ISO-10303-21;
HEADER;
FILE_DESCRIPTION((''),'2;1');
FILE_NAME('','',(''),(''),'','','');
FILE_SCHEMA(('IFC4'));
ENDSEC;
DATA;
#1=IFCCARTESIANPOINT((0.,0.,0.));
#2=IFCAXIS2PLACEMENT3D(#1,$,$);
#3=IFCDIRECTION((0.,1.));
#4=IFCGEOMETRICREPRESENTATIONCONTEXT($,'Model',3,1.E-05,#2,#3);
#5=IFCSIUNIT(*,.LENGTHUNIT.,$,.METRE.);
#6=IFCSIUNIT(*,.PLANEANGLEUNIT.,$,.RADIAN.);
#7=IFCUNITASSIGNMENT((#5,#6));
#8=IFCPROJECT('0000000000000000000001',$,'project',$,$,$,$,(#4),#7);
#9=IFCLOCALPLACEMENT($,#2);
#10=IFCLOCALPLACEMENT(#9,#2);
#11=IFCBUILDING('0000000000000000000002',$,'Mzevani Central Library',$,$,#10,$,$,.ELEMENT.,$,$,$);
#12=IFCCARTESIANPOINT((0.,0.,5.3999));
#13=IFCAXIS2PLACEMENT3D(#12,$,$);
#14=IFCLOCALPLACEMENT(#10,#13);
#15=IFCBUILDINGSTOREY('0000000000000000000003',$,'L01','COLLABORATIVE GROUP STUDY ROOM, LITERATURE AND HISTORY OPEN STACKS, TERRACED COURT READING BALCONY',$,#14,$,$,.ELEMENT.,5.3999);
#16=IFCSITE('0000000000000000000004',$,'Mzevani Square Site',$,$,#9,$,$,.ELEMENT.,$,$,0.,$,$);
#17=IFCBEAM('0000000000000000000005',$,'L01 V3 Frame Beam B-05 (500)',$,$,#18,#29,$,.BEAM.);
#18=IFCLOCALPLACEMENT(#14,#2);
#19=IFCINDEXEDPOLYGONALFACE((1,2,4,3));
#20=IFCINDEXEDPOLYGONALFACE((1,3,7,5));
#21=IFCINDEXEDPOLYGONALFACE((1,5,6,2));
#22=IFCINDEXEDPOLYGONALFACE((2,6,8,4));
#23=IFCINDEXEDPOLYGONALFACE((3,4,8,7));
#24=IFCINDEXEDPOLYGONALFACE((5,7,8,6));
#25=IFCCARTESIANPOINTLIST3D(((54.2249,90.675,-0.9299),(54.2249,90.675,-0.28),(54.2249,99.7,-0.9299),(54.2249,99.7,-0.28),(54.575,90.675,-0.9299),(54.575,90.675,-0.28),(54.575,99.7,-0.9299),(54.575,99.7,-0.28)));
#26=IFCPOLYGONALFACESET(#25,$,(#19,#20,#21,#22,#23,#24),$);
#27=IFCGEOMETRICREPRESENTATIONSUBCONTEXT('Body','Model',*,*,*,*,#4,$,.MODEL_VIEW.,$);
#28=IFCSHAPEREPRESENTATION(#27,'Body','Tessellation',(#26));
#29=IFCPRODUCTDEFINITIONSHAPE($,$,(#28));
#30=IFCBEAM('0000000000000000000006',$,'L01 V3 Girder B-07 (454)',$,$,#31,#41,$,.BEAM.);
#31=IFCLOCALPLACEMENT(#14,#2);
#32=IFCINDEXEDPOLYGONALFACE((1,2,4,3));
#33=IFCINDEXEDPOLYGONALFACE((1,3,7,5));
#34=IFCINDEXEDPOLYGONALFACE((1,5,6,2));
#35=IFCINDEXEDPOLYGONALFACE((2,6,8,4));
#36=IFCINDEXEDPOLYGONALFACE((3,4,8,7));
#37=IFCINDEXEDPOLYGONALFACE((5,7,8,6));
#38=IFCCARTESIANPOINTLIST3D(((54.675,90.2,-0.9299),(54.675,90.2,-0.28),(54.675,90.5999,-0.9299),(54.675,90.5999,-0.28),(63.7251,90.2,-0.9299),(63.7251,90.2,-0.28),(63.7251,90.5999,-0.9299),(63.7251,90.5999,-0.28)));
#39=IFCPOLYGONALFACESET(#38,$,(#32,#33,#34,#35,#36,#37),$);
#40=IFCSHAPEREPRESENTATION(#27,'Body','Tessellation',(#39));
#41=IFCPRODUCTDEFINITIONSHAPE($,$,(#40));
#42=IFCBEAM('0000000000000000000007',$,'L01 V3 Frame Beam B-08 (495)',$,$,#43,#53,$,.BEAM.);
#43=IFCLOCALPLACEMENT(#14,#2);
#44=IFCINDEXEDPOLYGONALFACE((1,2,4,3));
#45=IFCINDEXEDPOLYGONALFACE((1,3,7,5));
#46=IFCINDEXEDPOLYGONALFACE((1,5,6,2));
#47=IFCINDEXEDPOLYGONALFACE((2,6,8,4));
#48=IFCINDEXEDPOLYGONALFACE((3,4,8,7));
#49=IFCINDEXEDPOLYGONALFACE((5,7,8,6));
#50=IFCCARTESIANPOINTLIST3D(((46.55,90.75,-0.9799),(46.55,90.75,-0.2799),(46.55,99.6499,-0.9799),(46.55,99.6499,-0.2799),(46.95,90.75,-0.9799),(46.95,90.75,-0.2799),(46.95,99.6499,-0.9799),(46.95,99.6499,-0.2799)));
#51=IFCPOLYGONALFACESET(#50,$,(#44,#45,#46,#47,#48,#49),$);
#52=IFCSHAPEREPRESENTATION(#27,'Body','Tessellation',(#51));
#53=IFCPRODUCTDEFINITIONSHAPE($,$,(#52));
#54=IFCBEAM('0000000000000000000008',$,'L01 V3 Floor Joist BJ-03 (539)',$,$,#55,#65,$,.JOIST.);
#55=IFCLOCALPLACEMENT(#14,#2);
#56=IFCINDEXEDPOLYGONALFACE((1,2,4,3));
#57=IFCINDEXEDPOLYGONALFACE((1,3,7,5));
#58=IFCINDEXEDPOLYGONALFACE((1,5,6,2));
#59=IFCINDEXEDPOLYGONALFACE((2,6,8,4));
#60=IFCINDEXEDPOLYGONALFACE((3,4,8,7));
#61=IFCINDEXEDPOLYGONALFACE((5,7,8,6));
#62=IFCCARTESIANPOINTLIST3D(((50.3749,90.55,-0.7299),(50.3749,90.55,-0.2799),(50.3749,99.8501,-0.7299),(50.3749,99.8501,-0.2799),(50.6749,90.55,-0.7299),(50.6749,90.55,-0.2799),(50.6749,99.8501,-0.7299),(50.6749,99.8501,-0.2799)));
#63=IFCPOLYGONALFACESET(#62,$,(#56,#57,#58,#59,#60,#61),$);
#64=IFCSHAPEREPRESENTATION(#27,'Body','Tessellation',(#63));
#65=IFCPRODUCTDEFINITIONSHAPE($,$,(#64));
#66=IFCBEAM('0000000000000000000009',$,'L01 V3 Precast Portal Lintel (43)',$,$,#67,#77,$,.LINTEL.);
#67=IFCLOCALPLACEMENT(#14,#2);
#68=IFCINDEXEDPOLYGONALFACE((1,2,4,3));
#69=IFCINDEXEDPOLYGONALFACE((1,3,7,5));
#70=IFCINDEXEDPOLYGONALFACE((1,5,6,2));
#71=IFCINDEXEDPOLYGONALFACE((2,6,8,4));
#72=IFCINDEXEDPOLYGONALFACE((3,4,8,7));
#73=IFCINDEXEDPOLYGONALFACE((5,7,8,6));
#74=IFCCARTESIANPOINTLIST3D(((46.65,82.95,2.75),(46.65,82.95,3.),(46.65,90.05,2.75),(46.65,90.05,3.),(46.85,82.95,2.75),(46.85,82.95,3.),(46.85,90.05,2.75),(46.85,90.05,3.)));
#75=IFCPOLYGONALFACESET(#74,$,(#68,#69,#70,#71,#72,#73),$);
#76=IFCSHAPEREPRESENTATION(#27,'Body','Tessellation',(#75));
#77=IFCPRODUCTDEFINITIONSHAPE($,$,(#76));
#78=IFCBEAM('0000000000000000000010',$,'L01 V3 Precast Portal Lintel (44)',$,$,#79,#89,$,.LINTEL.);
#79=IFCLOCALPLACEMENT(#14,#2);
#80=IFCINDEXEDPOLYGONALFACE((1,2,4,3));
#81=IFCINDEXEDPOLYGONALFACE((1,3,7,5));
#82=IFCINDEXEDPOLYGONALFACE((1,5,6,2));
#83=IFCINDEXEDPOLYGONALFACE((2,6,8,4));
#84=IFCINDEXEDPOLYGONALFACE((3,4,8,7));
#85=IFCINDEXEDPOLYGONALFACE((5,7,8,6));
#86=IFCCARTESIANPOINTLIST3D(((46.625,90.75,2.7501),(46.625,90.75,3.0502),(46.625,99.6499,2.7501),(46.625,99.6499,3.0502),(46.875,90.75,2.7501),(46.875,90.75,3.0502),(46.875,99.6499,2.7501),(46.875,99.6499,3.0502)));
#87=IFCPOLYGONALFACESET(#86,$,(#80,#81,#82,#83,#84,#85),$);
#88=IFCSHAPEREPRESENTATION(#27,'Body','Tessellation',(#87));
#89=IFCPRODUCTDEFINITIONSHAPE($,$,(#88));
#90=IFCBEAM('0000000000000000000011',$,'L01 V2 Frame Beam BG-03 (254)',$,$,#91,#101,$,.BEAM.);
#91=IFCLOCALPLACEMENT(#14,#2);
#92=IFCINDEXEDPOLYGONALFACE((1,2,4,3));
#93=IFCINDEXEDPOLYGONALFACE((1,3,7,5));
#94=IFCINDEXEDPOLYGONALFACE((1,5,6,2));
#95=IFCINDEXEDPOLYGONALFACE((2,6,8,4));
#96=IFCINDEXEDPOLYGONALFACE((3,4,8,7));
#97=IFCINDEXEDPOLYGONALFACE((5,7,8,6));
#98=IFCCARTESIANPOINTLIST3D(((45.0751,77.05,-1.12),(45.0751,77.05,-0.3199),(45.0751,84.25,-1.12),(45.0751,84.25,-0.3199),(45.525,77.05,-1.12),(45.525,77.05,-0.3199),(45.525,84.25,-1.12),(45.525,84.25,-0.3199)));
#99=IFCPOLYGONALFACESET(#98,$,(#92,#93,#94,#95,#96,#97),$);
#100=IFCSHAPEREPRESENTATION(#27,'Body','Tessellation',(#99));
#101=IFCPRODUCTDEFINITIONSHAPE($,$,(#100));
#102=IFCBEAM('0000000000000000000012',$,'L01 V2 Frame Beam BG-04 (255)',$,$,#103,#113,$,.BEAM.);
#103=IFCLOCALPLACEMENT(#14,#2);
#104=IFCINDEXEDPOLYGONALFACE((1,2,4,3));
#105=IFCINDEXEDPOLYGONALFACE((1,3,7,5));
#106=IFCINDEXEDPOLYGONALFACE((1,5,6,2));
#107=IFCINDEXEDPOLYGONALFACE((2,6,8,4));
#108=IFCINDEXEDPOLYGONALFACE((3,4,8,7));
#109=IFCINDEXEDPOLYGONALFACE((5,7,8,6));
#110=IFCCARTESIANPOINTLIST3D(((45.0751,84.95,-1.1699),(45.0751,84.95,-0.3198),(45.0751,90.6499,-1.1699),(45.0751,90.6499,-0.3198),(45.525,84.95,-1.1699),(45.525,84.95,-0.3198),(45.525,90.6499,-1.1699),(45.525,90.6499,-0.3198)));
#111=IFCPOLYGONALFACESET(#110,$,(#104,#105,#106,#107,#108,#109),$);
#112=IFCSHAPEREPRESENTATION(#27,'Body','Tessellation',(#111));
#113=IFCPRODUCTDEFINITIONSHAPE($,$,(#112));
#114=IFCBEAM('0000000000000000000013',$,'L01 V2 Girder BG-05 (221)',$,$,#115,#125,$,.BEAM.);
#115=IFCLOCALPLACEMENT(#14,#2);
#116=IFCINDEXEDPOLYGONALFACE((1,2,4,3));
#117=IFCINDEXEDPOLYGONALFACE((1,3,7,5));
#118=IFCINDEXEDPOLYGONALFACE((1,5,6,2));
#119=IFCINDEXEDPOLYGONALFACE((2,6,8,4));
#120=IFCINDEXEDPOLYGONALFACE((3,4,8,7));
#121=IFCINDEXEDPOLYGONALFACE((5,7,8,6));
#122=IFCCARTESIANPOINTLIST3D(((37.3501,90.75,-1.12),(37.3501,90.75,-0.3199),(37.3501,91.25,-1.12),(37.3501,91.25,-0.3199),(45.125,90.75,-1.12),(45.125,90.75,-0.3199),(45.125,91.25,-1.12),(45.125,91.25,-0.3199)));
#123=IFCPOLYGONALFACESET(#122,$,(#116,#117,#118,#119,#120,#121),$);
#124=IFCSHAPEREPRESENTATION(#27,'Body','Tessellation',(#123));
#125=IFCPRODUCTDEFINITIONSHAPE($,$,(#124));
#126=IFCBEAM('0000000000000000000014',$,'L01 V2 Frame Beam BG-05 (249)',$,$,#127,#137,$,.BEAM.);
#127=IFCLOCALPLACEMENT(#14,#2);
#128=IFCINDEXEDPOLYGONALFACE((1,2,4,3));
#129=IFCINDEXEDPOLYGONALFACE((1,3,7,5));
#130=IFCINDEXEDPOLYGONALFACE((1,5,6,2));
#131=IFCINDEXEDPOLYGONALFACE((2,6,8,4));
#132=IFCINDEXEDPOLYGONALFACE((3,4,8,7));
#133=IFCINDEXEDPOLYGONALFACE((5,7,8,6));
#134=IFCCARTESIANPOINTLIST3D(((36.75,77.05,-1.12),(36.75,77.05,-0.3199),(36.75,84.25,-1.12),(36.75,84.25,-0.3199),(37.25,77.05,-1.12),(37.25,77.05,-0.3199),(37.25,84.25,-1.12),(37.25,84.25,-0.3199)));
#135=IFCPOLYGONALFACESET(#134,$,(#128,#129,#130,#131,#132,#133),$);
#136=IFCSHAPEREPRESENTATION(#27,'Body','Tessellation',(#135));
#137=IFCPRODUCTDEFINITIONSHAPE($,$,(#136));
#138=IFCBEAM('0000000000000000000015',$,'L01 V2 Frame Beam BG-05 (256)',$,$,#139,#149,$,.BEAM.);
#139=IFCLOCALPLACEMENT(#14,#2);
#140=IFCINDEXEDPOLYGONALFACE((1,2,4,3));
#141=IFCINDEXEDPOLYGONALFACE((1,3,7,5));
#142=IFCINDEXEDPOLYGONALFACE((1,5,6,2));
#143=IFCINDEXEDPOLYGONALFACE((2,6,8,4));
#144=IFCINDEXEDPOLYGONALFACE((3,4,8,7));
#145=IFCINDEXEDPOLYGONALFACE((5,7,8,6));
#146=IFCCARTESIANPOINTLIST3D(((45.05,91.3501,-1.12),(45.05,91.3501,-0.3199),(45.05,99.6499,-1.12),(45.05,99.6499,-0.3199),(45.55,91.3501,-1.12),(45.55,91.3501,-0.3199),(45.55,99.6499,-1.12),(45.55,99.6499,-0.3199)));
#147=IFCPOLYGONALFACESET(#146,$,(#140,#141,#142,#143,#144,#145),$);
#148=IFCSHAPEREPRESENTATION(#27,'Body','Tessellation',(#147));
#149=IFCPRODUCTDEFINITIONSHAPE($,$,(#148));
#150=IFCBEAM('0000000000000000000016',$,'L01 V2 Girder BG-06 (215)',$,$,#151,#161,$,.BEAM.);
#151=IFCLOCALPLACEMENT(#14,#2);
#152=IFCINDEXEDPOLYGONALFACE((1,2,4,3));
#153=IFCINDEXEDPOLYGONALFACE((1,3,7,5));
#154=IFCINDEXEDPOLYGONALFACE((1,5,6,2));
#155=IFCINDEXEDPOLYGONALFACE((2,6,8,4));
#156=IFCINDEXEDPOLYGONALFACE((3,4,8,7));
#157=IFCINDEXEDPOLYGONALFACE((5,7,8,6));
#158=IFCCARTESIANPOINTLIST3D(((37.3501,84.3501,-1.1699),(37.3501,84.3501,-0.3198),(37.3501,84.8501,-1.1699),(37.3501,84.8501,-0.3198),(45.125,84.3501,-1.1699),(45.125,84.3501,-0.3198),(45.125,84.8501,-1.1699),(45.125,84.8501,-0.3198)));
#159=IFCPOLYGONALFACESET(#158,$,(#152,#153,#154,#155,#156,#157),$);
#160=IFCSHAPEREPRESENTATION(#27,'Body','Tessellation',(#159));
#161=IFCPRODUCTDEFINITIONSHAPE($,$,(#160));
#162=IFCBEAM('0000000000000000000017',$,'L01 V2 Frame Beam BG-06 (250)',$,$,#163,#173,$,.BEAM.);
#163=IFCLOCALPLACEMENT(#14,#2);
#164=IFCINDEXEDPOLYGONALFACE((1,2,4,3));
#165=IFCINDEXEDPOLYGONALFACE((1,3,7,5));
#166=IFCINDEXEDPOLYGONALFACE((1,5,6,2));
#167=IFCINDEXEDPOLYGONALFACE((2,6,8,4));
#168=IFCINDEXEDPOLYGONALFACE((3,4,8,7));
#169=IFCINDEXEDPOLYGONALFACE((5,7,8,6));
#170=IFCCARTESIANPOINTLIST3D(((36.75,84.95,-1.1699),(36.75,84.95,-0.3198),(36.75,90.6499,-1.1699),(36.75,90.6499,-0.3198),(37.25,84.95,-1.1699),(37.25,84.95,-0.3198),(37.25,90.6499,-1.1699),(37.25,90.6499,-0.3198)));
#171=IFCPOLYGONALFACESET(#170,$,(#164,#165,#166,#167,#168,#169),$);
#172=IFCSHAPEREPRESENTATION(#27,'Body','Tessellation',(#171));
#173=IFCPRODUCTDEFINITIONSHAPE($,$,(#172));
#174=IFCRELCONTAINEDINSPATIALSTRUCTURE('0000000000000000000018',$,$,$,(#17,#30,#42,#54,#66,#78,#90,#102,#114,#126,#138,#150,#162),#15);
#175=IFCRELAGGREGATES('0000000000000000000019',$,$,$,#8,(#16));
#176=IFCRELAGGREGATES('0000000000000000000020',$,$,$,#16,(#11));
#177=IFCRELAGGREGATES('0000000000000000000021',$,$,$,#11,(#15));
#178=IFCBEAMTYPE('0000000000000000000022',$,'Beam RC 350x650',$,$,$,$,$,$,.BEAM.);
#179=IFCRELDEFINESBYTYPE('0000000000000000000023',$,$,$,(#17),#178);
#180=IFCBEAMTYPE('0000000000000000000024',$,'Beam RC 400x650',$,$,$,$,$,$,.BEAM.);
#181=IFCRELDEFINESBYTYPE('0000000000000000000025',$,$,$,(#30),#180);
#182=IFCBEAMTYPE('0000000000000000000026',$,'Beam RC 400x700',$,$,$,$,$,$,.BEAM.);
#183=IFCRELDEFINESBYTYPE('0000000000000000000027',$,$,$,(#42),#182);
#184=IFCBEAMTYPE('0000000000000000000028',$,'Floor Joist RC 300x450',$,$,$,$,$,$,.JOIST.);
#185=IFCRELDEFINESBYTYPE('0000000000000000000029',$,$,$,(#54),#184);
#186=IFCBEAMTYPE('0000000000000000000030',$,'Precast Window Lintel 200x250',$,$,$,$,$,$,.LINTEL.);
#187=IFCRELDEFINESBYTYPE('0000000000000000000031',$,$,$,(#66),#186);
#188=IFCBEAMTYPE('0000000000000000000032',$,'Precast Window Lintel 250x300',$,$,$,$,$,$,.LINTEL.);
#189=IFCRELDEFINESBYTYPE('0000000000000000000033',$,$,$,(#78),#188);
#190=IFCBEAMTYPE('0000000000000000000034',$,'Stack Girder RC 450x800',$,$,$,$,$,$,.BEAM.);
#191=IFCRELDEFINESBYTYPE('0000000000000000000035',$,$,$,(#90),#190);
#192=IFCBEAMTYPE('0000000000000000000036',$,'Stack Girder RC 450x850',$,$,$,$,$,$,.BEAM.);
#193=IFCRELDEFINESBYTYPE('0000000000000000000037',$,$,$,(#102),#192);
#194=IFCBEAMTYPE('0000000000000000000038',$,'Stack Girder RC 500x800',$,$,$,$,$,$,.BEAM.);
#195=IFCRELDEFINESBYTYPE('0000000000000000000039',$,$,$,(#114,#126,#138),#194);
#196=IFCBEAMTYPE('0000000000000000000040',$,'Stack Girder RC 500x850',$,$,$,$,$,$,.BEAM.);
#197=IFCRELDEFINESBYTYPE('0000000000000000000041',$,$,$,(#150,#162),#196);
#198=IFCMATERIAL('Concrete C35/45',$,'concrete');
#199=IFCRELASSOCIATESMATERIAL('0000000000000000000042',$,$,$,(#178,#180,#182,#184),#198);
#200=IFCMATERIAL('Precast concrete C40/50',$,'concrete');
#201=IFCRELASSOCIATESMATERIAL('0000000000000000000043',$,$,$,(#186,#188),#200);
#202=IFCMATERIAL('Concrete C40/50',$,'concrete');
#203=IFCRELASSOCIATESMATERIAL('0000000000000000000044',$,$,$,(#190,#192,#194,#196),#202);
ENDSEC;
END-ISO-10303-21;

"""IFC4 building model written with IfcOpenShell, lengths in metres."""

from ifc_helpers import new_model, si_unit, direction, frame, origin, origin_2d, place, context, subcontext, project, spatial, rectangle, extrude, material, material_profile, profile_set, type_object, element, save


model = new_model("IFC4")

# Units and contexts
model_context = context("Model", 3, precision=1e-05, world=origin(), true_north=direction((0.0, 1.0)))
body_context = subcontext(model_context, "Body", "Model", "MODEL_VIEW")
ifc_project = project(units=[si_unit("LENGTHUNIT", "METRE"), si_unit("PLANEANGLEUNIT", "RADIAN")], contexts=[model_context])

# Site, building, storey
site_placement = place(None, origin())
site = spatial("IfcSite", under=ifc_project, at=site_placement, Name="Mzevani Square Site", CompositionType="ELEMENT", RefElevation=0.0)
building_placement = place(site_placement, origin())
building = spatial("IfcBuilding", under=site, at=building_placement, Name="Mzevani Central Library", CompositionType="ELEMENT")
storey_placement = place(building_placement, frame((0.0, 0.0, 5.3999)))
storey = spatial("IfcBuildingStorey", under=building, at=storey_placement, Name="L01", Description="COLLABORATIVE GROUP STUDY ROOM, LITERATURE AND HISTORY OPEN STACKS, TERRACED COURT READING BALCONY", CompositionType="ELEMENT", Elevation=5.3999)

# Shared definitions
ifc_material_1 = material(Name="Concrete C40/50", Category="concrete")

# Beams
ifc_material_2 = material(Name="Concrete C35/45", Category="concrete")
ifc_material_profile_1 = material_profile(ifc_material_2, rectangle(XDim=0.3501, YDim=0.6499, at=origin_2d()), Name="RC B350x650")
ifc_profile_set_1 = profile_set([ifc_material_profile_1], Name="Concrete C35/45")
beam_type_1 = type_object("IfcBeamType", Name="Beam RC 350x650", PredefinedType="BEAM", material=ifc_profile_set_1)
beam_1_placement = place(storey_placement, frame((54.3999, 90.675, -0.605), z_axis=(0.0, 1.0, 0.0), x_axis=(-1.0, 0.0, 0.0)))
element("IfcBeam", 1, at=beam_1_placement, inside=storey, type_object=beam_type_1, Name="L01 V3 Frame Beam B-05 (500)", PredefinedType="BEAM", context=body_context, shape_type="SweptSolid", body=[
    extrude(rectangle(XDim=0.3501, YDim=0.6499, at=origin_2d()), origin(), (0.0, 0.0, 1.0), 9.0249),
])
ifc_material_profile_2 = material_profile(ifc_material_2, rectangle(XDim=0.3999, YDim=0.6499, at=origin_2d()), Name="RC B400x650")
ifc_profile_set_2 = profile_set([ifc_material_profile_2], Name="Concrete C35/45")
beam_type_2 = type_object("IfcBeamType", Name="Beam RC 400x650", PredefinedType="BEAM", material=ifc_profile_set_2)
beam_2_placement = place(storey_placement, frame((54.675, 90.3999, -0.605), z_axis=(1.0, 0.0, 0.0), x_axis=(0.0, 1.0, 0.0)))
element("IfcBeam", 2, at=beam_2_placement, inside=storey, type_object=beam_type_2, Name="L01 V3 Girder B-07 (454)", PredefinedType="BEAM", context=body_context, shape_type="SweptSolid", body=[
    extrude(rectangle(XDim=0.3999, YDim=0.6499, at=origin_2d()), origin(), (0.0, 0.0, 1.0), 9.05),
])
ifc_material_profile_3 = material_profile(ifc_material_2, rectangle(XDim=0.3999, YDim=0.7, at=origin_2d()), Name="RC B400x700")
ifc_profile_set_3 = profile_set([ifc_material_profile_3], Name="Concrete C35/45")
beam_type_3 = type_object("IfcBeamType", Name="Beam RC 400x700", PredefinedType="BEAM", material=ifc_profile_set_3)
beam_3_placement = place(storey_placement, frame((46.75, 90.75, -0.6299), z_axis=(0.0, 1.0, 0.0), x_axis=(-1.0, 0.0, 0.0)))
element("IfcBeam", 3, at=beam_3_placement, inside=storey, type_object=beam_type_3, Name="L01 V3 Frame Beam B-08 (495)", PredefinedType="BEAM", context=body_context, shape_type="SweptSolid", body=[
    extrude(rectangle(XDim=0.3999, YDim=0.7, at=origin_2d()), origin(), (0.0, 0.0, 1.0), 8.8999),
])
ifc_material_profile_4 = material_profile(ifc_material_2, rectangle(XDim=0.3, YDim=0.45, at=origin_2d()), Name="RC J300x450")
ifc_profile_set_4 = profile_set([ifc_material_profile_4], Name="Concrete C35/45")
beam_type_4 = type_object("IfcBeamType", Name="Floor Joist RC 300x450", PredefinedType="JOIST", material=ifc_profile_set_4)
beam_4_placement = place(storey_placement, frame((50.5249, 90.55, -0.5049), z_axis=(0.0, 1.0, 0.0), x_axis=(-1.0, 0.0, 0.0)))
element("IfcBeam", 4, at=beam_4_placement, inside=storey, type_object=beam_type_4, Name="L01 V3 Floor Joist BJ-03 (539)", PredefinedType="JOIST", context=body_context, shape_type="SweptSolid", body=[
    extrude(rectangle(XDim=0.3, YDim=0.45, at=origin_2d()), origin(), (0.0, 0.0, 1.0), 9.3),
])
ifc_material_3 = material(Name="Precast concrete C40/50", Category="concrete")
ifc_material_profile_5 = material_profile(ifc_material_3, rectangle(XDim=0.2, YDim=0.25, at=origin_2d()), Name="PC LN200x250")
ifc_profile_set_5 = profile_set([ifc_material_profile_5], Name="Precast concrete C40/50")
beam_type_5 = type_object("IfcBeamType", Name="Precast Window Lintel 200x250", PredefinedType="LINTEL", material=ifc_profile_set_5)
beam_5_placement = place(storey_placement, frame((46.75, 82.95, 2.875), z_axis=(0.0, 1.0, 0.0), x_axis=(-1.0, 0.0, 0.0)))
element("IfcBeam", 5, at=beam_5_placement, inside=storey, type_object=beam_type_5, Name="L01 V3 Precast Portal Lintel (43)", PredefinedType="LINTEL", context=body_context, shape_type="SweptSolid", body=[
    extrude(rectangle(XDim=0.2, YDim=0.25, at=origin_2d()), origin(), (0.0, 0.0, 1.0), 7.1001),
])
ifc_material_profile_6 = material_profile(ifc_material_3, rectangle(XDim=0.25, YDim=0.3, at=origin_2d()), Name="PC LN250x300")
ifc_profile_set_6 = profile_set([ifc_material_profile_6], Name="Precast concrete C40/50")
beam_type_6 = type_object("IfcBeamType", Name="Precast Window Lintel 250x300", PredefinedType="LINTEL", material=ifc_profile_set_6)
beam_6_placement = place(storey_placement, frame((46.75, 90.75, 2.9001), z_axis=(0.0, 1.0, 0.0), x_axis=(-1.0, 0.0, 0.0)))
element("IfcBeam", 6, at=beam_6_placement, inside=storey, type_object=beam_type_6, Name="L01 V3 Precast Portal Lintel (44)", PredefinedType="LINTEL", context=body_context, shape_type="SweptSolid", body=[
    extrude(rectangle(XDim=0.25, YDim=0.3, at=origin_2d()), origin(), (0.0, 0.0, 1.0), 8.8999),
])
ifc_material_profile_7 = material_profile(ifc_material_1, rectangle(XDim=0.45, YDim=0.8, at=origin_2d()), Name="RC B450x800")
ifc_profile_set_7 = profile_set([ifc_material_profile_7], Name="Concrete C40/50")
beam_type_7 = type_object("IfcBeamType", Name="Stack Girder RC 450x800", PredefinedType="BEAM", material=ifc_profile_set_7)
beam_7_placement = place(storey_placement, frame((45.3, 77.05, -0.72), z_axis=(0.0, 1.0, 0.0), x_axis=(-1.0, 0.0, 0.0)))
element("IfcBeam", 7, at=beam_7_placement, inside=storey, type_object=beam_type_7, Name="L01 V2 Frame Beam BG-03 (254)", PredefinedType="BEAM", context=body_context, shape_type="SweptSolid", body=[
    extrude(rectangle(XDim=0.45, YDim=0.8, at=origin_2d()), origin(), (0.0, 0.0, 1.0), 7.2),
])
ifc_material_profile_8 = material_profile(ifc_material_1, rectangle(XDim=0.45, YDim=0.8501, at=origin_2d()), Name="RC B450x850")
ifc_profile_set_8 = profile_set([ifc_material_profile_8], Name="Concrete C40/50")
beam_type_8 = type_object("IfcBeamType", Name="Stack Girder RC 450x850", PredefinedType="BEAM", material=ifc_profile_set_8)
beam_8_placement = place(storey_placement, frame((45.3, 84.95, -0.7449), z_axis=(0.0, 1.0, 0.0), x_axis=(-1.0, 0.0, 0.0)))
element("IfcBeam", 8, at=beam_8_placement, inside=storey, type_object=beam_type_8, Name="L01 V2 Frame Beam BG-04 (255)", PredefinedType="BEAM", context=body_context, shape_type="SweptSolid", body=[
    extrude(rectangle(XDim=0.45, YDim=0.8501, at=origin_2d()), origin(), (0.0, 0.0, 1.0), 5.7),
])
ifc_material_profile_9 = material_profile(ifc_material_1, rectangle(XDim=0.5, YDim=0.8, at=origin_2d()), Name="RC B500x800")
ifc_profile_set_9 = profile_set([ifc_material_profile_9], Name="Concrete C40/50")
beam_type_9 = type_object("IfcBeamType", Name="Stack Girder RC 500x800", PredefinedType="BEAM", material=ifc_profile_set_9)
beam_9_placement = place(storey_placement, frame((37.3501, 91.0, -0.72), z_axis=(1.0, 0.0, 0.0), x_axis=(0.0, 1.0, 0.0)))
element("IfcBeam", 9, at=beam_9_placement, inside=storey, type_object=beam_type_9, Name="L01 V2 Girder BG-05 (221)", PredefinedType="BEAM", context=body_context, shape_type="SweptSolid", body=[
    extrude(rectangle(XDim=0.5, YDim=0.8, at=origin_2d()), origin(), (0.0, 0.0, 1.0), 7.7749),
])
beam_10_placement = place(storey_placement, frame((37.0, 77.05, -0.72), z_axis=(0.0, 1.0, 0.0), x_axis=(-1.0, 0.0, 0.0)))
element("IfcBeam", 10, at=beam_10_placement, inside=storey, type_object=beam_type_9, Name="L01 V2 Frame Beam BG-05 (249)", PredefinedType="BEAM", context=body_context, shape_type="SweptSolid", body=[
    extrude(rectangle(XDim=0.5, YDim=0.8, at=origin_2d()), origin(), (0.0, 0.0, 1.0), 7.2),
])
beam_11_placement = place(storey_placement, frame((45.3, 91.3501, -0.72), z_axis=(0.0, 1.0, 0.0), x_axis=(-1.0, 0.0, 0.0)))
element("IfcBeam", 11, at=beam_11_placement, inside=storey, type_object=beam_type_9, Name="L01 V2 Frame Beam BG-05 (256)", PredefinedType="BEAM", context=body_context, shape_type="SweptSolid", body=[
    extrude(rectangle(XDim=0.5, YDim=0.8, at=origin_2d()), origin(), (0.0, 0.0, 1.0), 8.2998),
])
ifc_material_profile_10 = material_profile(ifc_material_1, rectangle(XDim=0.5, YDim=0.8501, at=origin_2d()), Name="RC B500x850")
ifc_profile_set_10 = profile_set([ifc_material_profile_10], Name="Concrete C40/50")
beam_type_10 = type_object("IfcBeamType", Name="Stack Girder RC 500x850", PredefinedType="BEAM", material=ifc_profile_set_10)
beam_12_placement = place(storey_placement, frame((37.3501, 84.6001, -0.7449), z_axis=(1.0, 0.0, 0.0), x_axis=(0.0, 1.0, 0.0)))
element("IfcBeam", 12, at=beam_12_placement, inside=storey, type_object=beam_type_10, Name="L01 V2 Girder BG-06 (215)", PredefinedType="BEAM", context=body_context, shape_type="SweptSolid", body=[
    extrude(rectangle(XDim=0.5, YDim=0.8501, at=origin_2d()), origin(), (0.0, 0.0, 1.0), 7.7749),
])
beam_13_placement = place(storey_placement, frame((37.0, 84.95, -0.7449), z_axis=(0.0, 1.0, 0.0), x_axis=(-1.0, 0.0, 0.0)))
element("IfcBeam", 13, at=beam_13_placement, inside=storey, type_object=beam_type_10, Name="L01 V2 Frame Beam BG-06 (250)", PredefinedType="BEAM", context=body_context, shape_type="SweptSolid", body=[
    extrude(rectangle(XDim=0.5, YDim=0.8501, at=origin_2d()), origin(), (0.0, 0.0, 1.0), 5.7),
])

save(model, "model.ifc")
